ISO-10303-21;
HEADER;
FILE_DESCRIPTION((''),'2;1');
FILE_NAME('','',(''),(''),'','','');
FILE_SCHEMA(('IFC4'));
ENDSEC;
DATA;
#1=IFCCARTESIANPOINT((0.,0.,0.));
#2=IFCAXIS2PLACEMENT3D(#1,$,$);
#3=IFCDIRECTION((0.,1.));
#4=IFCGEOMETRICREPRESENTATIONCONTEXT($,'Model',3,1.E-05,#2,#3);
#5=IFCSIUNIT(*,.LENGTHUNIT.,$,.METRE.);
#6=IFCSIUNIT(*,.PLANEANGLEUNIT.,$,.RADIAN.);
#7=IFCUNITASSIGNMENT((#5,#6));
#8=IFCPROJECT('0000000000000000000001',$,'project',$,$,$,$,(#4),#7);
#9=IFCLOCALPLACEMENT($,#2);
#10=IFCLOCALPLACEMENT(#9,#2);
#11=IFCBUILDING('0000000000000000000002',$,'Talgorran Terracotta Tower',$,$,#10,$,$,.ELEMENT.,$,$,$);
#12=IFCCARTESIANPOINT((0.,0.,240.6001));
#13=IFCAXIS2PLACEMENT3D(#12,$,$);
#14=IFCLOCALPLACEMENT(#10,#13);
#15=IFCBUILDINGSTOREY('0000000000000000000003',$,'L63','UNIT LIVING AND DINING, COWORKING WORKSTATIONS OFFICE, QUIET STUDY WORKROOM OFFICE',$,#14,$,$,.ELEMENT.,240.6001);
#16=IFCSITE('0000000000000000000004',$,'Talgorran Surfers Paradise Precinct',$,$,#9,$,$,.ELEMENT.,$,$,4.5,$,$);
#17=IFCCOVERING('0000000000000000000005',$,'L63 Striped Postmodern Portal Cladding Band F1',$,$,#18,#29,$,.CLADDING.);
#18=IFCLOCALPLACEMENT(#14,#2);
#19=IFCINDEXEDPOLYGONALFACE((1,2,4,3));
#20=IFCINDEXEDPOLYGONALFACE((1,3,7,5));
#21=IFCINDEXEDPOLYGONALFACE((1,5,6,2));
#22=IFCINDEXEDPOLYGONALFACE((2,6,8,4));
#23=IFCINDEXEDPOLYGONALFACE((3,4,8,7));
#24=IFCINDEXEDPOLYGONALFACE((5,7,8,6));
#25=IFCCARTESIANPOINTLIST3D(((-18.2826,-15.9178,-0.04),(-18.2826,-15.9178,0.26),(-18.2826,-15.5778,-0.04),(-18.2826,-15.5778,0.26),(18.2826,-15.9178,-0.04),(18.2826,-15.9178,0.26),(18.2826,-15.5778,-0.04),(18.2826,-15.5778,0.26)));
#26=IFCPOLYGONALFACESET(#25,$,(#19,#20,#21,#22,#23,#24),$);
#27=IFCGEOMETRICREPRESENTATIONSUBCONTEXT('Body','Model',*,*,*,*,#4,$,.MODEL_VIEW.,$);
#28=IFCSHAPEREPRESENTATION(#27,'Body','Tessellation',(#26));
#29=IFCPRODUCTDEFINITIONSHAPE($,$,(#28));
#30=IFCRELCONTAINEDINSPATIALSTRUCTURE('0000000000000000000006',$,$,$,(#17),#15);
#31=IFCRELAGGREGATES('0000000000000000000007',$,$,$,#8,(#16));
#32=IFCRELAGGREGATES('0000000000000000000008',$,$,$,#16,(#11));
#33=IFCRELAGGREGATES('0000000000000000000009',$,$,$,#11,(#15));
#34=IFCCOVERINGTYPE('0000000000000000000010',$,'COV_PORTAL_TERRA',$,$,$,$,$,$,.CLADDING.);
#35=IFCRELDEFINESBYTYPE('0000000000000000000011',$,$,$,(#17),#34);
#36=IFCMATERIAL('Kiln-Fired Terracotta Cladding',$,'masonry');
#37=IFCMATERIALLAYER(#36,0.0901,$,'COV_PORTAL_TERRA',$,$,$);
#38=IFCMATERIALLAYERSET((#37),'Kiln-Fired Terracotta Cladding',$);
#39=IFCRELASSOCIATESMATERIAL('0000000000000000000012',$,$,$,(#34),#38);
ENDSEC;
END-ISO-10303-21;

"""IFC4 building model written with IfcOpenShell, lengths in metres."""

from ifc_helpers import new_model, si_unit, direction, frame, origin, origin_2d, place, context, subcontext, project, spatial, rectangle, extrude, material, layer, layer_set, type_object, element, save


model = new_model("IFC4")

# Units and contexts
model_context = context("Model", 3, precision=1e-05, world=origin(), true_north=direction((0.0, 1.0)))
body_context = subcontext(model_context, "Body", "Model", "MODEL_VIEW")
ifc_project = project(units=[si_unit("LENGTHUNIT", "METRE"), si_unit("PLANEANGLEUNIT", "RADIAN")], contexts=[model_context])

# Site, building, storey
site_placement = place(None, origin())
site = spatial("IfcSite", under=ifc_project, at=site_placement, Name="Talgorran Surfers Paradise Precinct", CompositionType="ELEMENT", RefElevation=4.5)
building_placement = place(site_placement, origin())
building = spatial("IfcBuilding", under=site, at=building_placement, Name="Talgorran Terracotta Tower", CompositionType="ELEMENT")
storey_placement = place(building_placement, frame((0.0, 0.0, 240.6001)))
storey = spatial("IfcBuildingStorey", under=building, at=storey_placement, Name="L63", Description="UNIT LIVING AND DINING, COWORKING WORKSTATIONS OFFICE, QUIET STUDY WORKROOM OFFICE", CompositionType="ELEMENT", Elevation=240.6001)

# Covering
ifc_material_1 = material(Name="Kiln-Fired Terracotta Cladding", Category="masonry")
ifc_layer_1 = layer(ifc_material_1, 0.0901, Name="COV_PORTAL_TERRA")
ifc_layer_set_1 = layer_set([ifc_layer_1], Name="Kiln-Fired Terracotta Cladding")
covering_type_1 = type_object("IfcCoveringType", Name="COV_PORTAL_TERRA", PredefinedType="CLADDING", material=ifc_layer_set_1)
covering_1_placement = place(storey_placement, frame((0.0, -15.7478, -0.04), z_axis=(0.0, 0.0, 1.0), x_axis=(1.0, 0.0, 0.0)))
element("IfcCovering", 1, at=covering_1_placement, inside=storey, type_object=covering_type_1, Name="L63 Striped Postmodern Portal Cladding Band F1", PredefinedType="CLADDING", context=body_context, shape_type="SweptSolid", body=[
    extrude(rectangle(XDim=36.5652, YDim=0.3401, at=origin_2d()), origin(), (0.0, 0.0, 1.0), 0.3),
])

save(model, "model.ifc")
